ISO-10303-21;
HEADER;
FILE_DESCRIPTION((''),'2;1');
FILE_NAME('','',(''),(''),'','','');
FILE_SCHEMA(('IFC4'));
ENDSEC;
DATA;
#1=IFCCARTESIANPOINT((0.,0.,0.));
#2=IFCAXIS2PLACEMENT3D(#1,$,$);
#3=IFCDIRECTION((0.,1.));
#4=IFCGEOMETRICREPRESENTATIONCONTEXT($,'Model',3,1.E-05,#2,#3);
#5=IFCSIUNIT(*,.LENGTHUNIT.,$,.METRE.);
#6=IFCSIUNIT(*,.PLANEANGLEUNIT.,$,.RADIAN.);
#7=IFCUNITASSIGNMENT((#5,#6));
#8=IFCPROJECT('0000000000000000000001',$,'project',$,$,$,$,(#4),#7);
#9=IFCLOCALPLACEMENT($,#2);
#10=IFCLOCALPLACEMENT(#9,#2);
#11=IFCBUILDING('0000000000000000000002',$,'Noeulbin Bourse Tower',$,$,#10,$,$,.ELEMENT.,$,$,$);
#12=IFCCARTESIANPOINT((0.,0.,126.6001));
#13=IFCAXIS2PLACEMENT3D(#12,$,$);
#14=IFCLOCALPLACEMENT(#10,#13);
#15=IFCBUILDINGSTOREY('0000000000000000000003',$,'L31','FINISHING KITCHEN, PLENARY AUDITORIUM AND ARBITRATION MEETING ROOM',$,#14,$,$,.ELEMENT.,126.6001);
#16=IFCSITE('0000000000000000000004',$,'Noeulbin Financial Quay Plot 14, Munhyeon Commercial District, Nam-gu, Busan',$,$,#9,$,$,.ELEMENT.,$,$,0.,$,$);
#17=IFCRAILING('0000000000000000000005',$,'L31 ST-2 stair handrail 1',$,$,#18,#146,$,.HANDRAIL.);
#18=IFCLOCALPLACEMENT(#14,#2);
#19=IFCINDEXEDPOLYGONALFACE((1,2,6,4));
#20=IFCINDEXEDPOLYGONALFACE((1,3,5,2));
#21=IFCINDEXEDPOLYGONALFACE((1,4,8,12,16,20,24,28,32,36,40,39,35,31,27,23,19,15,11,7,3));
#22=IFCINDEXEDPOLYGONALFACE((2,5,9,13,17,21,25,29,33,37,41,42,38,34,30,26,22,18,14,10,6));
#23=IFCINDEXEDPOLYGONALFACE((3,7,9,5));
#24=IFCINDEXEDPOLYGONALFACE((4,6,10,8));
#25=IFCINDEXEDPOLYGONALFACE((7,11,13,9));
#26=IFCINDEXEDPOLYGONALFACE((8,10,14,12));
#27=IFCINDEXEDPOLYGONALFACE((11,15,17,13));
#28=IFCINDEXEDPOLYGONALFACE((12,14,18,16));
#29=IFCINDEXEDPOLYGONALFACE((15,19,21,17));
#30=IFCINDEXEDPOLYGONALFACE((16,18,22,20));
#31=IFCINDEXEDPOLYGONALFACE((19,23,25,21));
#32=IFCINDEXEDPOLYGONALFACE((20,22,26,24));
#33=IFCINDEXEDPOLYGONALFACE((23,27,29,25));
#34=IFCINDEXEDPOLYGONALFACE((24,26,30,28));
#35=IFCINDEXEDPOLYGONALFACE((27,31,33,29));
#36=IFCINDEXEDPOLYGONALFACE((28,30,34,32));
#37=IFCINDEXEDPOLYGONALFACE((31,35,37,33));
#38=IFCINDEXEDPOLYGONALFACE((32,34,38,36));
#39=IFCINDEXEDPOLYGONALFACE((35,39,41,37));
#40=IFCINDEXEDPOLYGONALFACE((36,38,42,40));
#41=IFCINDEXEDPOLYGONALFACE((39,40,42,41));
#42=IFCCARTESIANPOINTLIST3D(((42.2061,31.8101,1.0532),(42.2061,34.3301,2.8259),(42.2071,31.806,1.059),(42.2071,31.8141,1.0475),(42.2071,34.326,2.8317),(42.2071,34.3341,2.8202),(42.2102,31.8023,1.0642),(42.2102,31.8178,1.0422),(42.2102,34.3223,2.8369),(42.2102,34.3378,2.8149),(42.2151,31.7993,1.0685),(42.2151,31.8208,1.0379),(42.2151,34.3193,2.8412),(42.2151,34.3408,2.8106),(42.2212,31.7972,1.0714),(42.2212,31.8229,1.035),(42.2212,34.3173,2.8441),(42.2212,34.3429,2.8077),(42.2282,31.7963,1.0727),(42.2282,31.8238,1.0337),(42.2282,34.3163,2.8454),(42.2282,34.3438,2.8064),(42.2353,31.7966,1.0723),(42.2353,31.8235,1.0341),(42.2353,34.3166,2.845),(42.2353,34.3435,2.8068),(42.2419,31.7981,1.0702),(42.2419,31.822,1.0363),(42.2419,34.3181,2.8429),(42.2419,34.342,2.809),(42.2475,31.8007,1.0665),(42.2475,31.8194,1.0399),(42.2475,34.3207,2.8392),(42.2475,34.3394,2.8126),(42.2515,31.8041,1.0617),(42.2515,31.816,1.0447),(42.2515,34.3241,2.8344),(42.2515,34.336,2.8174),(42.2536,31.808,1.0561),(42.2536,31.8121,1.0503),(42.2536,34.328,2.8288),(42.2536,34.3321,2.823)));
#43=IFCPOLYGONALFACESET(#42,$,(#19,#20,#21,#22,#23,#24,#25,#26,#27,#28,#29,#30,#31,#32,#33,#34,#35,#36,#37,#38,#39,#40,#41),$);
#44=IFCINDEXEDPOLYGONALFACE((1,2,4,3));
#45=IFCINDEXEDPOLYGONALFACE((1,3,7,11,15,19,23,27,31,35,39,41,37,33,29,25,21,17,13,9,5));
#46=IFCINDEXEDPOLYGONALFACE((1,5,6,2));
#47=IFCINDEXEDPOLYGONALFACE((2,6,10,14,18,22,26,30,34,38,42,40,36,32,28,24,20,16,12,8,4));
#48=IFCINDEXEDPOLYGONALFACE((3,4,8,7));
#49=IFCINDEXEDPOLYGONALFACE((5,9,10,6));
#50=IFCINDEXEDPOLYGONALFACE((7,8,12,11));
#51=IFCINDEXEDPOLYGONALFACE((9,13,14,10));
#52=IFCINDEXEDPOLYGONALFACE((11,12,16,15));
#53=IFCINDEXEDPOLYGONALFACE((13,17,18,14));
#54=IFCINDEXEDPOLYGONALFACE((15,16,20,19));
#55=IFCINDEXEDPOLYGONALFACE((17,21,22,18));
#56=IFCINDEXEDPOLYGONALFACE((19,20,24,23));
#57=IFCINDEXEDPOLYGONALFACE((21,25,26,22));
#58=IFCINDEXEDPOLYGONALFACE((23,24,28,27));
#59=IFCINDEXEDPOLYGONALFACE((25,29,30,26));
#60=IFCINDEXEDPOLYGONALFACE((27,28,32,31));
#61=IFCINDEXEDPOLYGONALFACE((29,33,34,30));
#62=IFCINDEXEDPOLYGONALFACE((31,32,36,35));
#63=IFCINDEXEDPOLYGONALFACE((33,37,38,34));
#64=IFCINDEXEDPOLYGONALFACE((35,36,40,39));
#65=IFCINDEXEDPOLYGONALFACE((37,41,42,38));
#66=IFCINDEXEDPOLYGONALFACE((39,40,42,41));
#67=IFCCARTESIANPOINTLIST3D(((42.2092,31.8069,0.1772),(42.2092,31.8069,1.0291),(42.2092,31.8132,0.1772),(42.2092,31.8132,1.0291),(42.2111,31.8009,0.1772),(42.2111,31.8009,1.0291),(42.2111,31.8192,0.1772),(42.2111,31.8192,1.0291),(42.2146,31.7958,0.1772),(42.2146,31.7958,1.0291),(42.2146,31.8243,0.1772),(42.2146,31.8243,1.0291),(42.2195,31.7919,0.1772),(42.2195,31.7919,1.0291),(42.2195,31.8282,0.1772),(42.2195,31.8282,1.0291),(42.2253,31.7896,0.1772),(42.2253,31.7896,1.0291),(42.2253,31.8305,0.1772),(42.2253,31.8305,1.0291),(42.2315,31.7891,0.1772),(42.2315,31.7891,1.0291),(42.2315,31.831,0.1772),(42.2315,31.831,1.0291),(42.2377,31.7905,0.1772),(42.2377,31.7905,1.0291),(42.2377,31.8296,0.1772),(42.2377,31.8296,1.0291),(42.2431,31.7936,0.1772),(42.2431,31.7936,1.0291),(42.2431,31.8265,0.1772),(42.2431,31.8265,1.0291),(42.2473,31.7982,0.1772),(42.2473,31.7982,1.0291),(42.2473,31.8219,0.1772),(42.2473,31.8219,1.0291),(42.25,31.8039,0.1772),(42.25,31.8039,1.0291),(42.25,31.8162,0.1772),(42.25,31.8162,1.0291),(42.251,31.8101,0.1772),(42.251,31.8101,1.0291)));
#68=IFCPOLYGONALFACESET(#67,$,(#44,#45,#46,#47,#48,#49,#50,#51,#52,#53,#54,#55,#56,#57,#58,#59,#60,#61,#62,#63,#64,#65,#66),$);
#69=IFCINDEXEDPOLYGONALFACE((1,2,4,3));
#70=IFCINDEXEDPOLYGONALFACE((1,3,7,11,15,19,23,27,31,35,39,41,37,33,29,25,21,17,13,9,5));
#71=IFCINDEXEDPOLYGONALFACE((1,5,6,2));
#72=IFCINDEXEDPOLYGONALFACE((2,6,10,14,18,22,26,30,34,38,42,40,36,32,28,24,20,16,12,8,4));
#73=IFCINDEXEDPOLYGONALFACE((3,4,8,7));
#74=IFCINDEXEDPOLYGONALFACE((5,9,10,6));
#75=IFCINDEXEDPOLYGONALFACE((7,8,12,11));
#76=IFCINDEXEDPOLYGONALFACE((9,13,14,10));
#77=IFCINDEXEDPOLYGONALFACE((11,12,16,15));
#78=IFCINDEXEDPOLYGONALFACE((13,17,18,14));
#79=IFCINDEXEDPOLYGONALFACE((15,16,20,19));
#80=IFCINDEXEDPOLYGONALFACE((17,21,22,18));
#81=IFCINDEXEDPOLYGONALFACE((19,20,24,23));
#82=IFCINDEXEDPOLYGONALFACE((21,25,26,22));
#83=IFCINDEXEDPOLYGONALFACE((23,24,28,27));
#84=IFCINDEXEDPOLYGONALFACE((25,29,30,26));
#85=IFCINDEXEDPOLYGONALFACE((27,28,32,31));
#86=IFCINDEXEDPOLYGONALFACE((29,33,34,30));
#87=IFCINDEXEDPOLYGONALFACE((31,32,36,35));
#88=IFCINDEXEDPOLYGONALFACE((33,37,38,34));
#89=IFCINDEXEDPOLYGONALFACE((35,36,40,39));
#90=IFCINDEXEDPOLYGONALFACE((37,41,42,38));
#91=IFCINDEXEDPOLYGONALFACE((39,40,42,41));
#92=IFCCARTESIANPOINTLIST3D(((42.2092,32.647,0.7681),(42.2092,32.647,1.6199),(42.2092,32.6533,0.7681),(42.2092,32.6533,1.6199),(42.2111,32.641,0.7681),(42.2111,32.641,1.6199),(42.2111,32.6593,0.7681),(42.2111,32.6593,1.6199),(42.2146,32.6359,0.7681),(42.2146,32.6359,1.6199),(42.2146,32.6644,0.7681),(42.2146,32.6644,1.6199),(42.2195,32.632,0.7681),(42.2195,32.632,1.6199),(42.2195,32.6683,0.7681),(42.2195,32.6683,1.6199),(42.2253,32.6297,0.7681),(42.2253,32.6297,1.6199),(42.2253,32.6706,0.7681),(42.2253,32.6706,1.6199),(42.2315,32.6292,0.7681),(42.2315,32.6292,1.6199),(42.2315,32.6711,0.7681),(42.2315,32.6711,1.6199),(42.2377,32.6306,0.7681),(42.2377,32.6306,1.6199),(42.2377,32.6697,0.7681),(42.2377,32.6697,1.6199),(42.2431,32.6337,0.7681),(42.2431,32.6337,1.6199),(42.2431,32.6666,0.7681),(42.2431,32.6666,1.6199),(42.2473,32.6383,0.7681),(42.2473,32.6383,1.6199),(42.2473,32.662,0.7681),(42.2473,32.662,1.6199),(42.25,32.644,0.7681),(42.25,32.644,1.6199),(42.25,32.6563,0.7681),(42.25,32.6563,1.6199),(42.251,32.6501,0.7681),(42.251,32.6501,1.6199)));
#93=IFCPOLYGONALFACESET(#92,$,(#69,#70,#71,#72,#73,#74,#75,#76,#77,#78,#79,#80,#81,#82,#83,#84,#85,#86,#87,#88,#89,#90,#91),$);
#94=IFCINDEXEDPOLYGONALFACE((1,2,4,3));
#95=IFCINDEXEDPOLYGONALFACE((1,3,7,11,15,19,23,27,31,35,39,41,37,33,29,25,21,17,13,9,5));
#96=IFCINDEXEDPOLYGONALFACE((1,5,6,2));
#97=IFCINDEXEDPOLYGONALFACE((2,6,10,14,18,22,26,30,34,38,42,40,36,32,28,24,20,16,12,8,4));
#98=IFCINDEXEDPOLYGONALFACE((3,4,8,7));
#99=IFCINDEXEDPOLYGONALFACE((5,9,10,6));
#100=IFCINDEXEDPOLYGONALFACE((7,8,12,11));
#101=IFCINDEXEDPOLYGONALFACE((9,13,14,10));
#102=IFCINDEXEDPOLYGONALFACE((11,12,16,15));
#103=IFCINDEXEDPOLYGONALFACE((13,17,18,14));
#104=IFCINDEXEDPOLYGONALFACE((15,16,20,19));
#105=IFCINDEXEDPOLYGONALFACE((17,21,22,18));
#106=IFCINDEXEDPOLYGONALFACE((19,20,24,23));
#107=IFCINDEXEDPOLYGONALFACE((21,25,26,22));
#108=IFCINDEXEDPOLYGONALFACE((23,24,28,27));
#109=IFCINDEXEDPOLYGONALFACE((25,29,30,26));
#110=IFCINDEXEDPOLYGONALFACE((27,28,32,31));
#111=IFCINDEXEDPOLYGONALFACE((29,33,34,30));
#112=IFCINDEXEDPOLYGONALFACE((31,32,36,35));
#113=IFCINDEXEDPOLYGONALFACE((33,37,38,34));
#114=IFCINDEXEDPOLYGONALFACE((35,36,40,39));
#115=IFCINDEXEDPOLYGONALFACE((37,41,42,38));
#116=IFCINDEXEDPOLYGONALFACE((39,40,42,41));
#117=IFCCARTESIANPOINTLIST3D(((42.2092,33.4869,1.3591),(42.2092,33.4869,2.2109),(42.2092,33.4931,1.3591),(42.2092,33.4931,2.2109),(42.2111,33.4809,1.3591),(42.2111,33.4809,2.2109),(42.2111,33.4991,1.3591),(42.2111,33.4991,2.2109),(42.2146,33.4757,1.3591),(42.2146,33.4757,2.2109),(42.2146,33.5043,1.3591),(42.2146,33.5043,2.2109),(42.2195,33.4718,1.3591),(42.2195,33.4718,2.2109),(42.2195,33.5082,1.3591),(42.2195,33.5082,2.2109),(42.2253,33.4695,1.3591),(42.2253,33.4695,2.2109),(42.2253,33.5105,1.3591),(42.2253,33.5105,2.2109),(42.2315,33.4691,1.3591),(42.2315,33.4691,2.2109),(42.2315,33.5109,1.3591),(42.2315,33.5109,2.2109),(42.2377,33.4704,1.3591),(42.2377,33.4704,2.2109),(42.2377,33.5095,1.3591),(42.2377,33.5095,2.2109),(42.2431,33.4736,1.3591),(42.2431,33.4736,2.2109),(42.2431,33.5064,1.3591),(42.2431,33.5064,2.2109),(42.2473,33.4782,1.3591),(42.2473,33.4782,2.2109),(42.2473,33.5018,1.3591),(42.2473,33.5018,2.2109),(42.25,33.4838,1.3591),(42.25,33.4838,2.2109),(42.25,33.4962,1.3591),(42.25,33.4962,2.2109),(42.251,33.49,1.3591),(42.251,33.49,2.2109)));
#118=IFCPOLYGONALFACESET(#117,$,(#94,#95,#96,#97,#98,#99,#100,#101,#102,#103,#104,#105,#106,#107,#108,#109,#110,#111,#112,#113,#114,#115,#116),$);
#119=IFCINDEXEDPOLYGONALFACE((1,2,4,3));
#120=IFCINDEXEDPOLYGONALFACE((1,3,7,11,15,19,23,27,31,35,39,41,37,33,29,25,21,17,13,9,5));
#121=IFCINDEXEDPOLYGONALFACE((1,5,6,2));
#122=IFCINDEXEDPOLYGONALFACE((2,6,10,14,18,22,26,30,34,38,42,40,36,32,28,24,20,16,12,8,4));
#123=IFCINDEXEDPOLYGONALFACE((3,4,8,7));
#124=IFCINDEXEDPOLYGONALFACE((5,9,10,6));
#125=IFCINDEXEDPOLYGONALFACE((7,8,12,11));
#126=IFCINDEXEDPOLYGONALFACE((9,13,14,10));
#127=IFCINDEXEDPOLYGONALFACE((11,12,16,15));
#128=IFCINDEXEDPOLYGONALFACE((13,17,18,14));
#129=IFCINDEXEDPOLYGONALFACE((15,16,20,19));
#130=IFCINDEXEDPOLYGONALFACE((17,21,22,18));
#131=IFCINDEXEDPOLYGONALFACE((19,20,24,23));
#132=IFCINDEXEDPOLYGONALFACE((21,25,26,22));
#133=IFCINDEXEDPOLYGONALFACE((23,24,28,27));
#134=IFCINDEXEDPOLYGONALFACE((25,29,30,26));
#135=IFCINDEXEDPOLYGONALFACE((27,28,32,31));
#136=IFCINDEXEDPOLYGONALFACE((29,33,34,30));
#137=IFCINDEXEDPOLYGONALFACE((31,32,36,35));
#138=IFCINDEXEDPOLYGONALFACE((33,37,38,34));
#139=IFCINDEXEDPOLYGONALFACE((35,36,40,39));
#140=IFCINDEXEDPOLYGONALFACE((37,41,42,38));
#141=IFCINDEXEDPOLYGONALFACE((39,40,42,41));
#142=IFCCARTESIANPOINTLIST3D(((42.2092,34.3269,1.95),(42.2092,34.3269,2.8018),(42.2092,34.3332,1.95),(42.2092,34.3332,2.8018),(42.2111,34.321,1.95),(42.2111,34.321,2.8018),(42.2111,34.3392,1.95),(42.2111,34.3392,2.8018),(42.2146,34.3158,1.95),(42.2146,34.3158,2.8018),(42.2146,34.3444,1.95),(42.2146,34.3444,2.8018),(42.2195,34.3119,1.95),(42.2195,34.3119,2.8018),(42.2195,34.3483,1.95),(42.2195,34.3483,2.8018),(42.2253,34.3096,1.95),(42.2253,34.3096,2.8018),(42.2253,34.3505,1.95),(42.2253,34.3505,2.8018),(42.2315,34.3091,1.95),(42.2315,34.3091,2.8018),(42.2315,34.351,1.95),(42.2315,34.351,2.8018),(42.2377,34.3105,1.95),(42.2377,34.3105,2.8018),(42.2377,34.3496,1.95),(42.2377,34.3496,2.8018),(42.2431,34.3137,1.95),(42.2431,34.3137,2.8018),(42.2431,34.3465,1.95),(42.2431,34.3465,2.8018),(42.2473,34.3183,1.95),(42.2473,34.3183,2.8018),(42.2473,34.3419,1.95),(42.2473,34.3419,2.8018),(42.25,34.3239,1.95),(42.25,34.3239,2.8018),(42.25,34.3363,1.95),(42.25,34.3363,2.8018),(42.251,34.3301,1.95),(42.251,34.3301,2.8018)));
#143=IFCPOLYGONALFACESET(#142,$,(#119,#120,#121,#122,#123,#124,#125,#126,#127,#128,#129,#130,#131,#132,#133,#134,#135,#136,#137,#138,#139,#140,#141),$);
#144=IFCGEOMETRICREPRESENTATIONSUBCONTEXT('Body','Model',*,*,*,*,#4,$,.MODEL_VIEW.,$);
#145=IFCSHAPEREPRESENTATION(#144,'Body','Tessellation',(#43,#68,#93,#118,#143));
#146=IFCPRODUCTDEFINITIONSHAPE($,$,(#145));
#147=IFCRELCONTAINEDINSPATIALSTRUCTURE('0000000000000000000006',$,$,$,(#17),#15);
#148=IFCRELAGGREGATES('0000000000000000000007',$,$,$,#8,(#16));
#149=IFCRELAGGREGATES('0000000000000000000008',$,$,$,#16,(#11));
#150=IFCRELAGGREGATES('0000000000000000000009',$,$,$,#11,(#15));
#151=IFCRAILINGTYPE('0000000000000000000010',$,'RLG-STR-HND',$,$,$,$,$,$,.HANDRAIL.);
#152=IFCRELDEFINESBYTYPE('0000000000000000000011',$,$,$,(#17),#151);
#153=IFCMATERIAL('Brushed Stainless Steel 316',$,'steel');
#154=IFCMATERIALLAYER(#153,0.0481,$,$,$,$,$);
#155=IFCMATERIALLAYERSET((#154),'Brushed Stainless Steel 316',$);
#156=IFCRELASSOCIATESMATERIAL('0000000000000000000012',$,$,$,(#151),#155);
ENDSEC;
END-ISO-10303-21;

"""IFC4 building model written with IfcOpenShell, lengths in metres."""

from ifc_helpers import new_model, si_unit, direction, frame, origin, origin_2d, place, context, subcontext, project, spatial, circle, extrude, material, layer, layer_set, type_object, element, save


model = new_model("IFC4")

# Units and contexts
model_context = context("Model", 3, precision=1e-05, world=origin(), true_north=direction((0.0, 1.0)))
body_context = subcontext(model_context, "Body", "Model", "MODEL_VIEW")
ifc_project = project(units=[si_unit("LENGTHUNIT", "METRE"), si_unit("PLANEANGLEUNIT", "RADIAN")], contexts=[model_context])

# Site, building, storey
site_placement = place(None, origin())
site = spatial("IfcSite", under=ifc_project, at=site_placement, Name="Noeulbin Financial Quay Plot 14, Munhyeon Commercial District, Nam-gu, Busan", CompositionType="ELEMENT", RefElevation=0.0)
building_placement = place(site_placement, origin())
building = spatial("IfcBuilding", under=site, at=building_placement, Name="Noeulbin Bourse Tower", CompositionType="ELEMENT")
storey_placement = place(building_placement, frame((0.0, 0.0, 126.6001)))
storey = spatial("IfcBuildingStorey", under=building, at=storey_placement, Name="L31", Description="FINISHING KITCHEN, PLENARY AUDITORIUM AND ARBITRATION MEETING ROOM", CompositionType="ELEMENT", Elevation=126.6001)

# Railing
ifc_material_1 = material(Name="Brushed Stainless Steel 316", Category="steel")
ifc_layer_1 = layer(ifc_material_1, 0.0481)
ifc_layer_set_1 = layer_set([ifc_layer_1], Name="Brushed Stainless Steel 316")
railing_type_1 = type_object("IfcRailingType", Name="RLG-STR-HND", PredefinedType="HANDRAIL", material=ifc_layer_set_1)
railing_1_placement = place(storey_placement, frame((42.23, 31.8101, 0.1772)))
element("IfcRailing", 1, at=railing_1_placement, inside=storey, type_object=railing_type_1, Name="L31 ST-2 stair handrail 1", PredefinedType="HANDRAIL", context=body_context, shape_type="SweptSolid", body=[
    extrude(circle(Radius=0.0239, at=origin_2d()), frame((0.0, 0.0, 0.876), z_axis=(0.0, 0.817904, 0.575354), x_axis=(-1.0, 0.0, 0.0)), (0.0, 0.0, 1.0), 3.0811),
    extrude(circle(Radius=0.021, at=origin_2d()), origin(), (0.0, 0.0, 1.0), 0.8518),
    extrude(circle(Radius=0.021, at=origin_2d()), frame((0.0, 0.8401, 0.5908)), (0.0, 0.0, 1.0), 0.8518),
    extrude(circle(Radius=0.021, at=origin_2d()), frame((0.0, 1.6799, 1.1819)), (0.0, 0.0, 1.0), 0.8518),
    extrude(circle(Radius=0.021, at=origin_2d()), frame((0.0, 2.52, 1.7727)), (0.0, 0.0, 1.0), 0.8518),
])

save(model, "model.ifc")
